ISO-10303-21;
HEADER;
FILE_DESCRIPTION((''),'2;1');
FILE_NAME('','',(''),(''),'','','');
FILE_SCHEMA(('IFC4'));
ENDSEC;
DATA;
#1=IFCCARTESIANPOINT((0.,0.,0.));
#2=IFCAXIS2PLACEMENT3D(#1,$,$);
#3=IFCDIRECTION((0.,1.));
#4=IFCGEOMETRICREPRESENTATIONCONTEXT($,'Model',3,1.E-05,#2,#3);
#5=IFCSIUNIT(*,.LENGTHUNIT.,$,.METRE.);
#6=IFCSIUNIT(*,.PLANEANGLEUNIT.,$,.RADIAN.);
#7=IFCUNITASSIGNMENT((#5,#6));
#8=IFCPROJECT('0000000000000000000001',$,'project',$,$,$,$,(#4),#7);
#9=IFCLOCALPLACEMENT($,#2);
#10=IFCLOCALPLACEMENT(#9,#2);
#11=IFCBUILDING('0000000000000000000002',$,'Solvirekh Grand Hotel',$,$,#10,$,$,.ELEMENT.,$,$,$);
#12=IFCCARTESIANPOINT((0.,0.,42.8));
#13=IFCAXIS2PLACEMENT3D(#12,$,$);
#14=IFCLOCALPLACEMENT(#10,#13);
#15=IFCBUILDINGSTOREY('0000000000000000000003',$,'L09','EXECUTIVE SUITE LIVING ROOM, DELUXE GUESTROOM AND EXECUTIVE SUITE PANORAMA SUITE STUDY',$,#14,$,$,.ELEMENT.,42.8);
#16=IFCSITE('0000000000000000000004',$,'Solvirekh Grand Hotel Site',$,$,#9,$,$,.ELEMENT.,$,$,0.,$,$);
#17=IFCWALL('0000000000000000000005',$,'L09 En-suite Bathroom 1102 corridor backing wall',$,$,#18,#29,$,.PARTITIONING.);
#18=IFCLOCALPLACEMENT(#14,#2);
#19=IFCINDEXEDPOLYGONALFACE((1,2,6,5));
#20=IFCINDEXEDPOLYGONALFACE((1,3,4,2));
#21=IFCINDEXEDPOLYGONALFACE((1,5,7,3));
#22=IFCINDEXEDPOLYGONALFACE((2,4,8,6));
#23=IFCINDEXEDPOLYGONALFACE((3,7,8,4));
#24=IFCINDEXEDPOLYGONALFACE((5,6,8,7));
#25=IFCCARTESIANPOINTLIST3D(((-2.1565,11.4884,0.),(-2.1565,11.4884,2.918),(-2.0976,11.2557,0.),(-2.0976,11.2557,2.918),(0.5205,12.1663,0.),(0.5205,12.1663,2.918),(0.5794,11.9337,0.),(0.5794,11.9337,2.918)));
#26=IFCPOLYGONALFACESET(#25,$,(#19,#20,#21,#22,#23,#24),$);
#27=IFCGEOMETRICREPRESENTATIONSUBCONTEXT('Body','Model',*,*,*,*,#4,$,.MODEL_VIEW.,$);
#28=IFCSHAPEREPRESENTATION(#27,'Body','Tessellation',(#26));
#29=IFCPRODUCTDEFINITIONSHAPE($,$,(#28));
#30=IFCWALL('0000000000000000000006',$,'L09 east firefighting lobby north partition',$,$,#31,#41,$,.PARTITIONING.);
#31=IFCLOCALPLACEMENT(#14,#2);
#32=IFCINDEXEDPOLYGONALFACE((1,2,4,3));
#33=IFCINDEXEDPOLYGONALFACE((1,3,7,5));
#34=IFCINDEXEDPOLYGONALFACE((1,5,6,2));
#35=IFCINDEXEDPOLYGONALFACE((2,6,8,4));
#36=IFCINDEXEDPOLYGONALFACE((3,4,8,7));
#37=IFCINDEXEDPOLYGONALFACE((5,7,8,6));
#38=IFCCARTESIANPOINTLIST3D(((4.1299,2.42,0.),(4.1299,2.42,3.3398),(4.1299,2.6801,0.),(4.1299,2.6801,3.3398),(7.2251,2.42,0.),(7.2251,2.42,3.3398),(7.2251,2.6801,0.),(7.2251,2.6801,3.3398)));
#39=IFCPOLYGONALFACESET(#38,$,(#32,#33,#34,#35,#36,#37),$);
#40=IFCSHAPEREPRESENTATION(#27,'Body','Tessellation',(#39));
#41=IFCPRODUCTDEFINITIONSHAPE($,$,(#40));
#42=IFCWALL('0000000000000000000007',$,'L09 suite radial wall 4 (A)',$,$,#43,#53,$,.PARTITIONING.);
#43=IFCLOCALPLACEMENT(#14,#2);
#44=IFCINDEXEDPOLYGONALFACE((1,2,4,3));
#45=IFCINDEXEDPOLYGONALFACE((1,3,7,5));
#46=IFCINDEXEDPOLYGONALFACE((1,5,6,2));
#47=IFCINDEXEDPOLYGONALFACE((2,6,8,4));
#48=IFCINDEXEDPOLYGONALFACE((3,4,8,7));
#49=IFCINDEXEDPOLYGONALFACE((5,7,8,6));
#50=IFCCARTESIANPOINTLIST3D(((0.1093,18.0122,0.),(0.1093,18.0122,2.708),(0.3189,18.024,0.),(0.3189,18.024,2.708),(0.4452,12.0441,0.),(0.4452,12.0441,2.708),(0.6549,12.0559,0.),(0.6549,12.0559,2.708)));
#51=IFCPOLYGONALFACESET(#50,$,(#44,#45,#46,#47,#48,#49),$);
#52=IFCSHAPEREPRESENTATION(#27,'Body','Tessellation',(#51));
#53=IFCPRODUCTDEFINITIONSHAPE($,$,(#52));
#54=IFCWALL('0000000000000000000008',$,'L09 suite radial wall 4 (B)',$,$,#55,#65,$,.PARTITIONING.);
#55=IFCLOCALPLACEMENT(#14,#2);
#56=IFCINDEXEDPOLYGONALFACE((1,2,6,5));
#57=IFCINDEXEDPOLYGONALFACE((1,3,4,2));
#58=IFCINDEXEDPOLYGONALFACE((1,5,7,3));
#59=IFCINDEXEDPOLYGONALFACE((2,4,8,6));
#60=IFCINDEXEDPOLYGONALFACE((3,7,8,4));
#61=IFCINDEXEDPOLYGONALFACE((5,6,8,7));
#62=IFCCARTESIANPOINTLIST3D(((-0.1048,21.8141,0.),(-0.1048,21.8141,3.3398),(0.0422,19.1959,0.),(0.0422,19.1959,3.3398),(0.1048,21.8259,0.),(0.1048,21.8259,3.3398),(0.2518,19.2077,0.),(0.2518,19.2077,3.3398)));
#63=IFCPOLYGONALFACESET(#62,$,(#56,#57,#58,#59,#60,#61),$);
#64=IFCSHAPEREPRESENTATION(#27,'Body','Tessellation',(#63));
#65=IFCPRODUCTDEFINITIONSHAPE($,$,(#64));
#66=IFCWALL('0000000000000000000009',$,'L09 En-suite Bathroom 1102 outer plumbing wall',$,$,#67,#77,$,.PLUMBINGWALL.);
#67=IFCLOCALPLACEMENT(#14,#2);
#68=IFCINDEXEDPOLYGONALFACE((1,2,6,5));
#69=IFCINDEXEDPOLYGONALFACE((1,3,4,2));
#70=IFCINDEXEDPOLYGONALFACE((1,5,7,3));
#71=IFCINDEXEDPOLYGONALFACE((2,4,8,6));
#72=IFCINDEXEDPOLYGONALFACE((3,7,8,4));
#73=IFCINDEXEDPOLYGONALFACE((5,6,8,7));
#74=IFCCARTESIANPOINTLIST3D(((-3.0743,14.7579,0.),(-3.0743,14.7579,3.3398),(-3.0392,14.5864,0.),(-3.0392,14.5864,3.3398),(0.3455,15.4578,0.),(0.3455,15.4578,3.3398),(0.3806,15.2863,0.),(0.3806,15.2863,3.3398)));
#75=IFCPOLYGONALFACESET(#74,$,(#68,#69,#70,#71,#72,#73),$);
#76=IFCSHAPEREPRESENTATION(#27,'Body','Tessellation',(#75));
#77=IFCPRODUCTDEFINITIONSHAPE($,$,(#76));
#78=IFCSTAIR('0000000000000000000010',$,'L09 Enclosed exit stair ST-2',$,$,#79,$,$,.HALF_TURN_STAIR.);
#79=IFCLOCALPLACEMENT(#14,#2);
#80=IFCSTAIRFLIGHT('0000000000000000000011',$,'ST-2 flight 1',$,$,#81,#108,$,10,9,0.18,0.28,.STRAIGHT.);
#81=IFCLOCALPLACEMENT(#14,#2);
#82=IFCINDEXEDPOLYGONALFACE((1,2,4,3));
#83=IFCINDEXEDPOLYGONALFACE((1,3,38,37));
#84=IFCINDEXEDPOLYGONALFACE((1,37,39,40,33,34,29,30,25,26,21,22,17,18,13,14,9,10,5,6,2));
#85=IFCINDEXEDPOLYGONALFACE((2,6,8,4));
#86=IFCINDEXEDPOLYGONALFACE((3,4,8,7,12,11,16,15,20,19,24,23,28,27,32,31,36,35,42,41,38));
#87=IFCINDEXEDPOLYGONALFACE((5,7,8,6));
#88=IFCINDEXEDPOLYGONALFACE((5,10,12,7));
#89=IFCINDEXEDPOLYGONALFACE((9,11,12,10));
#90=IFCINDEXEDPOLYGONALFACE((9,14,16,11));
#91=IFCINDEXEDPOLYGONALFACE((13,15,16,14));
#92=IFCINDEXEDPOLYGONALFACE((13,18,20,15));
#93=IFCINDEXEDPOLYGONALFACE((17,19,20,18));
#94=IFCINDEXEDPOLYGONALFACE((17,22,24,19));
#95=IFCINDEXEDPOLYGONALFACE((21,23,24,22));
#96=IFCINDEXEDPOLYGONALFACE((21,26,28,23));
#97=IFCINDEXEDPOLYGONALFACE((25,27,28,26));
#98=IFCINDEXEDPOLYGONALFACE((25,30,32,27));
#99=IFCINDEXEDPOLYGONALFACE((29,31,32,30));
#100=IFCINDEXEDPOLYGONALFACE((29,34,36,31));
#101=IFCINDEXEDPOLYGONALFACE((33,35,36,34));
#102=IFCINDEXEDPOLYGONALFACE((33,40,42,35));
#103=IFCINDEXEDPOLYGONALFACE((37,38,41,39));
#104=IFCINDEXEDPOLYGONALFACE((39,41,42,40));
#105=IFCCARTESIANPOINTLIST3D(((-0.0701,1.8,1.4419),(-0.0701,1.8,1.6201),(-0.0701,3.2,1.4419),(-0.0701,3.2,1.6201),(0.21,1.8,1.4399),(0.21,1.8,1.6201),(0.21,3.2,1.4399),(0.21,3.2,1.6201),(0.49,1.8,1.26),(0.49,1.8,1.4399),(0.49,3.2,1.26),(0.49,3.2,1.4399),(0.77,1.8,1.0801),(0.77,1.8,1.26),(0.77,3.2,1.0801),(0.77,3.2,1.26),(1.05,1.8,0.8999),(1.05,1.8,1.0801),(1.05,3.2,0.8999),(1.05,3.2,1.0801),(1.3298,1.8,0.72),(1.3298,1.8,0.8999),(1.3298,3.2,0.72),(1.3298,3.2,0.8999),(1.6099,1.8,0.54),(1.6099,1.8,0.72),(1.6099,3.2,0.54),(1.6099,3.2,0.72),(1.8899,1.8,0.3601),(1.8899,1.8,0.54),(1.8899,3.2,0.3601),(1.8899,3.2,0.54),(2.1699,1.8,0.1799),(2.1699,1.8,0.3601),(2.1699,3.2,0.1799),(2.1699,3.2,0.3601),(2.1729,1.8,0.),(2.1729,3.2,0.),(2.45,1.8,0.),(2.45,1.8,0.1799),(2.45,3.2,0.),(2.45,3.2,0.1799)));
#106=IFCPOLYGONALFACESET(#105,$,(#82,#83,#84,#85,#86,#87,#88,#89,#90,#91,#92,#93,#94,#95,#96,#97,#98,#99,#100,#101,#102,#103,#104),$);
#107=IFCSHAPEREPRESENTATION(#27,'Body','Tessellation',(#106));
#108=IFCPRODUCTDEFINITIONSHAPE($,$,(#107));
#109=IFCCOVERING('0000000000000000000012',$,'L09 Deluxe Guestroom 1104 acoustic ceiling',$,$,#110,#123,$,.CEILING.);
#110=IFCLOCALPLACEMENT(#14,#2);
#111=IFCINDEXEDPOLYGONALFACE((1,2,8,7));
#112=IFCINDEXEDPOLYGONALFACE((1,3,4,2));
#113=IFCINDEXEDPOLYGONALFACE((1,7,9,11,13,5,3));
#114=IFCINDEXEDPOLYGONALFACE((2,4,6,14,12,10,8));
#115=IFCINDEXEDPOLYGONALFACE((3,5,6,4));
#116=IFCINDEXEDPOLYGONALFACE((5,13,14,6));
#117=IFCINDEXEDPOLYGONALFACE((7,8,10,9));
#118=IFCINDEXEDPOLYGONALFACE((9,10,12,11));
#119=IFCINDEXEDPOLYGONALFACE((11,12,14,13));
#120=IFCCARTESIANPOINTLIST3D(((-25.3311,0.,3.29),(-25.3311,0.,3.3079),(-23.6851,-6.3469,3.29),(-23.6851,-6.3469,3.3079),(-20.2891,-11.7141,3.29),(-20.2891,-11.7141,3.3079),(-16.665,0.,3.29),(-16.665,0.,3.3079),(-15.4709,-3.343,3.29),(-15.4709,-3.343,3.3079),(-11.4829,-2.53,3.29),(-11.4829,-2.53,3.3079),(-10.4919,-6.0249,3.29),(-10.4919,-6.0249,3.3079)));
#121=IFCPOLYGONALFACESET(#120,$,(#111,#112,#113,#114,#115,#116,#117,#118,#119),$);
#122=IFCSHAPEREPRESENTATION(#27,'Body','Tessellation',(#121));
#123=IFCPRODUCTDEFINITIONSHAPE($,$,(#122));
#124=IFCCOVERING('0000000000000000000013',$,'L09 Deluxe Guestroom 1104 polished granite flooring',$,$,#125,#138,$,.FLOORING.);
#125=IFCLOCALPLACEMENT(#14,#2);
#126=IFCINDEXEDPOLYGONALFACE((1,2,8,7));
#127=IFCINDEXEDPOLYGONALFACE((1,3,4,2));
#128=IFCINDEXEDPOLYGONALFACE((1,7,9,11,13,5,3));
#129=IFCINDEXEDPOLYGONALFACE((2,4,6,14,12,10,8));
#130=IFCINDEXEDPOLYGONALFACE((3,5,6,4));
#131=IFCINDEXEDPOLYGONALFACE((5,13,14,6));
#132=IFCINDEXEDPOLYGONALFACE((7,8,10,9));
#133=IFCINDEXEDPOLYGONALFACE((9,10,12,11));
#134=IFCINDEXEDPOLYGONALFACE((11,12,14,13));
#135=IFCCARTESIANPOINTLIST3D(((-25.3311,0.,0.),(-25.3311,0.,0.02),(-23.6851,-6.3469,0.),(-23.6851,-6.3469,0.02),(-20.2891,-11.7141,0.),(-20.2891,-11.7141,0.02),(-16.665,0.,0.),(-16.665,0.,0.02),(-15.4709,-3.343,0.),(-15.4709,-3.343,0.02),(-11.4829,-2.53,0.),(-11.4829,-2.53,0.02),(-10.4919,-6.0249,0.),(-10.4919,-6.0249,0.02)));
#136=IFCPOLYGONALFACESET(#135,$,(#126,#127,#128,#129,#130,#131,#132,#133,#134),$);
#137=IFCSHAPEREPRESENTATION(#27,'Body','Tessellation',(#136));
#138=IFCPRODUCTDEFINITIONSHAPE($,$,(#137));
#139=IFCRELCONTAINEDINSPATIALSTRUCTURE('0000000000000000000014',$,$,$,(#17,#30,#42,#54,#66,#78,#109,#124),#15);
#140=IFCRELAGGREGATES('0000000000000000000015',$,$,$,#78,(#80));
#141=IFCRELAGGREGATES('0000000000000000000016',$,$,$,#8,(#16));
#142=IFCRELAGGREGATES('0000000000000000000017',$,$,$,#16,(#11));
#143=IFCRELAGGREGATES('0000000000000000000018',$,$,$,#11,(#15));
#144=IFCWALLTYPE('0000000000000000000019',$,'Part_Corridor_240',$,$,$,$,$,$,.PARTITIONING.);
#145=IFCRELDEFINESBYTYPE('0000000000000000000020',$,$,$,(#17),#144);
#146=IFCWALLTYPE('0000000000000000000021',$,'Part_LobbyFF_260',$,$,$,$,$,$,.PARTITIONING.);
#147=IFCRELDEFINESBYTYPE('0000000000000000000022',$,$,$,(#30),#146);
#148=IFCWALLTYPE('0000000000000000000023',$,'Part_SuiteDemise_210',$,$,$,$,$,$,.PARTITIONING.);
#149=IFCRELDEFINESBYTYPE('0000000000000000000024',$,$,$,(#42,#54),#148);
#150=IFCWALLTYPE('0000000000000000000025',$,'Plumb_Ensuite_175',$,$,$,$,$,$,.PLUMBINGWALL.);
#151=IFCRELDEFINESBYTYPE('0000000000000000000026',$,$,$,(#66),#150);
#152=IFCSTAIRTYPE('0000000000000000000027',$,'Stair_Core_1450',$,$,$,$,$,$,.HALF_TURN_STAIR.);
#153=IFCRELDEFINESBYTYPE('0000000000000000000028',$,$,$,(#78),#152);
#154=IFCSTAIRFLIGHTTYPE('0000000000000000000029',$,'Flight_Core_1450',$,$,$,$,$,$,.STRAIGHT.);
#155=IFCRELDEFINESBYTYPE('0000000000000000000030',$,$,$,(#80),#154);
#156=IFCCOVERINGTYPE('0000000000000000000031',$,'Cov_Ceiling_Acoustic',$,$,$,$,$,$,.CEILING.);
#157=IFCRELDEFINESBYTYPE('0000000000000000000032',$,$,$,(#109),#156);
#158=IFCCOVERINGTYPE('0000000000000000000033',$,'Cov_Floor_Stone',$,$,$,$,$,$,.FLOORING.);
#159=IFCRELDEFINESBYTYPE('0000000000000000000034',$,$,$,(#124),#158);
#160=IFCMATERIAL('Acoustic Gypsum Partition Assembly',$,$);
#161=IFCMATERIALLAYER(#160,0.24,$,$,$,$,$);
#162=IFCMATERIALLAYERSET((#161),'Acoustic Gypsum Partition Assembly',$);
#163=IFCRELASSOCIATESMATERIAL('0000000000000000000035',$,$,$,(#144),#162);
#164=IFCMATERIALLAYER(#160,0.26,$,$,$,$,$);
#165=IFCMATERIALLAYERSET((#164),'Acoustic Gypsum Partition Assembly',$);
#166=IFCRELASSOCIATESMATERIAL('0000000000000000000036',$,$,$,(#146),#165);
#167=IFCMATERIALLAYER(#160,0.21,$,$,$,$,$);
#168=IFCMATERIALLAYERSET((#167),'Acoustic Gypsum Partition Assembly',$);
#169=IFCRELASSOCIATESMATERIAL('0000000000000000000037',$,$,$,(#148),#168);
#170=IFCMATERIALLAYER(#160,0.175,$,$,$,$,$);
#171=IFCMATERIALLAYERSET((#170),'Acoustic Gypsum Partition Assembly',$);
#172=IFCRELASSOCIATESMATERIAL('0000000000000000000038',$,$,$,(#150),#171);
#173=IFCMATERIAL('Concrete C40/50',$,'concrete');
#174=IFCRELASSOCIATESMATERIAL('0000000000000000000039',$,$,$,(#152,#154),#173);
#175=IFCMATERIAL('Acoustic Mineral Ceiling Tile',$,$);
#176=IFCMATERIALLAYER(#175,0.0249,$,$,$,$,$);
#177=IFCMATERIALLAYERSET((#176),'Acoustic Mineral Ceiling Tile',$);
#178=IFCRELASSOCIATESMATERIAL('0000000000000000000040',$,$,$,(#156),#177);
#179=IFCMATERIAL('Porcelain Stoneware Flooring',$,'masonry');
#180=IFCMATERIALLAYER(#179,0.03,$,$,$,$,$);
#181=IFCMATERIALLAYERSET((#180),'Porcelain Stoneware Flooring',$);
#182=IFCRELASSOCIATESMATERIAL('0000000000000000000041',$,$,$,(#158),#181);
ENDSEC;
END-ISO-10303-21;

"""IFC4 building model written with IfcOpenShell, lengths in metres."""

from ifc_helpers import new_model, si_unit, direction, frame, frame_2d, origin, place, context, subcontext, project, spatial, polyline, rectangle, outline, extrude, material, layer, layer_set, type_object, element, aggregate, save


model = new_model("IFC4")

# Units and contexts
model_context = context("Model", 3, precision=1e-05, world=origin(), true_north=direction((0.0, 1.0)))
body_context = subcontext(model_context, "Body", "Model", "MODEL_VIEW")
ifc_project = project(units=[si_unit("LENGTHUNIT", "METRE"), si_unit("PLANEANGLEUNIT", "RADIAN")], contexts=[model_context])

# Site, building, storey
site_placement = place(None, origin())
site = spatial("IfcSite", under=ifc_project, at=site_placement, Name="Solvirekh Grand Hotel Site", CompositionType="ELEMENT", RefElevation=0.0)
building_placement = place(site_placement, origin())
building = spatial("IfcBuilding", under=site, at=building_placement, Name="Solvirekh Grand Hotel", CompositionType="ELEMENT")
storey_placement = place(building_placement, frame((0.0, 0.0, 42.8)))
storey = spatial("IfcBuildingStorey", under=building, at=storey_placement, Name="L09", Description="EXECUTIVE SUITE LIVING ROOM, DELUXE GUESTROOM AND EXECUTIVE SUITE PANORAMA SUITE STUDY", CompositionType="ELEMENT", Elevation=42.8)

# Shared definitions
ifc_material_1 = material(Name="Concrete C40/50", Category="concrete")
ifc_material_2 = material(Name="Acoustic Gypsum Partition Assembly")

# Walls
ifc_layer_1 = layer(ifc_material_2, 0.24)
ifc_layer_set_1 = layer_set([ifc_layer_1], Name="Acoustic Gypsum Partition Assembly")
wall_type_1 = type_object("IfcWallType", Name="Part_Corridor_240", PredefinedType="PARTITIONING", material=ifc_layer_set_1)
wall_1_placement = place(storey_placement, frame((0.55, 12.05, 0.0), z_axis=(0.0, 0.0, 1.0), x_axis=(-0.969394, -0.245509, 0.0)))
element("IfcWall", 1, at=wall_1_placement, inside=storey, type_object=wall_type_1, Name="L09 En-suite Bathroom 1102 corridor backing wall", PredefinedType="PARTITIONING", context=body_context, shape_type="SweptSolid", body=[
    extrude(rectangle(XDim=2.7615, YDim=0.24, at=frame_2d((1.3809, 0.0))), origin(), (0.0, 0.0, 1.0), 2.918),
])
ifc_layer_2 = layer(ifc_material_2, 0.26)
ifc_layer_set_2 = layer_set([ifc_layer_2], Name="Acoustic Gypsum Partition Assembly")
wall_type_2 = type_object("IfcWallType", Name="Part_LobbyFF_260", PredefinedType="PARTITIONING", material=ifc_layer_set_2)
wall_2_placement = place(storey_placement, frame((4.1299, 2.55, 0.0), z_axis=(0.0, 0.0, 1.0), x_axis=(1.0, 0.0, 0.0)))
element("IfcWall", 2, at=wall_2_placement, inside=storey, type_object=wall_type_2, Name="L09 east firefighting lobby north partition", PredefinedType="PARTITIONING", context=body_context, shape_type="SweptSolid", body=[
    extrude(rectangle(XDim=3.0952, YDim=0.26, at=frame_2d((1.5476, 0.0))), origin(), (0.0, 0.0, 1.0), 3.3398),
])
ifc_layer_3 = layer(ifc_material_2, 0.21)
ifc_layer_set_3 = layer_set([ifc_layer_3], Name="Acoustic Gypsum Partition Assembly")
wall_type_3 = type_object("IfcWallType", Name="Part_SuiteDemise_210", PredefinedType="PARTITIONING", material=ifc_layer_set_3)
wall_3_placement = place(storey_placement, frame((0.55, 12.05, 0.0), z_axis=(0.0, 0.0, 1.0), x_axis=(-0.056201, 0.998419, 0.0)))
element("IfcWall", 3, at=wall_3_placement, inside=storey, type_object=wall_type_3, Name="L09 suite radial wall 4 (A)", PredefinedType="PARTITIONING", context=body_context, shape_type="SweptSolid", body=[
    extrude(rectangle(XDim=5.9775, YDim=0.21, at=frame_2d((2.9888, 0.0))), origin(), (0.0, 0.0, 1.0), 2.708),
])
wall_4_placement = place(storey_placement, frame((0.147, 19.2019, 0.0), z_axis=(0.0, 0.0, 1.0), x_axis=(-0.056048, 0.998428, 0.0)))
element("IfcWall", 4, at=wall_4_placement, inside=storey, type_object=wall_type_3, Name="L09 suite radial wall 4 (B)", PredefinedType="PARTITIONING", context=body_context, shape_type="SweptSolid", body=[
    extrude(rectangle(XDim=2.6223, YDim=0.21, at=frame_2d((1.311, 0.0))), origin(), (0.0, 0.0, 1.0), 3.3398),
])
ifc_layer_4 = layer(ifc_material_2, 0.175)
ifc_layer_set_4 = layer_set([ifc_layer_4], Name="Acoustic Gypsum Partition Assembly")
wall_type_4 = type_object("IfcWallType", Name="Plumb_Ensuite_175", PredefinedType="PLUMBINGWALL", material=ifc_layer_set_4)
wall_5_placement = place(storey_placement, frame((0.363, 15.3721, 0.0), z_axis=(0.0, 0.0, 1.0), x_axis=(-0.979691, -0.200512, 0.0)))
element("IfcWall", 5, at=wall_5_placement, inside=storey, type_object=wall_type_4, Name="L09 En-suite Bathroom 1102 outer plumbing wall", PredefinedType="PLUMBINGWALL", context=body_context, shape_type="SweptSolid", body=[
    extrude(rectangle(XDim=3.4907, YDim=0.175, at=frame_2d((1.7454, 0.0))), origin(), (0.0, 0.0, 1.0), 3.3398),
])

# Stair, stair flight
stair_type = type_object("IfcStairType", Name="Stair_Core_1450", PredefinedType="HALF_TURN_STAIR", material=ifc_material_1)
stair_placement = place(storey_placement, origin())
stair = element("IfcStair", 6, at=stair_placement, inside=storey, type_object=stair_type, Name="L09 Enclosed exit stair ST-2", PredefinedType="HALF_TURN_STAIR")
stair_flight_type = type_object("IfcStairFlightType", Name="Flight_Core_1450", PredefinedType="STRAIGHT", material=ifc_material_1)
stair_flight_placement = place(storey_placement, frame((2.45, 2.5, 0.0), z_axis=(0.0, 0.0, 1.0), x_axis=(-1.0, 0.0, 0.0)))
stair_flight = element("IfcStairFlight", 7, at=stair_flight_placement, type_object=stair_flight_type, Name="ST-2 flight 1", NumberOfRisers=10, NumberOfTreads=9, PredefinedType="STRAIGHT", RiserHeight=0.18, TreadLength=0.28, context=body_context, shape_type="SweptSolid", body=[
    extrude(outline(polyline([(0.0, 0.0), (0.0, 0.1799), (0.28, 0.1799), (0.28, 0.3601), (0.5601, 0.3601), (0.5601, 0.54), (0.8401, 0.54), (0.8401, 0.72), (1.1201, 0.72), (1.1201, 0.8999), (1.3999, 0.8999), (1.3999, 1.0801), (1.6799, 1.0801), (1.6799, 1.26), (1.96, 1.26), (1.96, 1.4399), (2.24, 1.4399), (2.24, 1.6201), (2.52, 1.6201), (2.52, 1.8), (2.52, 1.4419), (0.2771, 0.0), (0.0, 0.0)])), frame((0.0, 0.7, 0.0), z_axis=(0.0, -1.0, 0.0), x_axis=(1.0, 0.0, 0.0)), (0.0, 0.0, 1.0), 1.3999),
])
aggregate(stair, [stair_flight])

# Coverings
ifc_material_3 = material(Name="Acoustic Mineral Ceiling Tile")
ifc_layer_5 = layer(ifc_material_3, 0.0249)
ifc_layer_set_5 = layer_set([ifc_layer_5], Name="Acoustic Mineral Ceiling Tile")
covering_type_1 = type_object("IfcCoveringType", Name="Cov_Ceiling_Acoustic", PredefinedType="CEILING", material=ifc_layer_set_5)
covering_1_placement = place(storey_placement, frame((0.0, 0.0, 3.29)))
element("IfcCovering", 8, at=covering_1_placement, inside=storey, type_object=covering_type_1, Name="L09 Deluxe Guestroom 1104 acoustic ceiling", PredefinedType="CEILING", context=body_context, shape_type="SweptSolid", body=[
    extrude(outline(polyline([(-15.4709, -3.343), (-16.665, 0.0), (-25.3311, 0.0), (-23.6851, -6.3469), (-20.2891, -11.7141), (-10.4919, -6.0249), (-11.4829, -2.53), (-15.4709, -3.343)])), origin(), (0.0, 0.0, 1.0), 0.0178),
])
ifc_material_4 = material(Name="Porcelain Stoneware Flooring", Category="masonry")
ifc_layer_6 = layer(ifc_material_4, 0.03)
ifc_layer_set_6 = layer_set([ifc_layer_6], Name="Porcelain Stoneware Flooring")
covering_type_2 = type_object("IfcCoveringType", Name="Cov_Floor_Stone", PredefinedType="FLOORING", material=ifc_layer_set_6)
covering_2_placement = place(storey_placement, origin())
element("IfcCovering", 9, at=covering_2_placement, inside=storey, type_object=covering_type_2, Name="L09 Deluxe Guestroom 1104 polished granite flooring", PredefinedType="FLOORING", context=body_context, shape_type="SweptSolid", body=[
    extrude(outline(polyline([(-15.4709, -3.343), (-16.665, 0.0), (-25.3311, 0.0), (-23.6851, -6.3469), (-20.2891, -11.7141), (-10.4919, -6.0249), (-11.4829, -2.53), (-15.4709, -3.343)])), origin(), (0.0, 0.0, 1.0), 0.02),
])

save(model, "model.ifc")
